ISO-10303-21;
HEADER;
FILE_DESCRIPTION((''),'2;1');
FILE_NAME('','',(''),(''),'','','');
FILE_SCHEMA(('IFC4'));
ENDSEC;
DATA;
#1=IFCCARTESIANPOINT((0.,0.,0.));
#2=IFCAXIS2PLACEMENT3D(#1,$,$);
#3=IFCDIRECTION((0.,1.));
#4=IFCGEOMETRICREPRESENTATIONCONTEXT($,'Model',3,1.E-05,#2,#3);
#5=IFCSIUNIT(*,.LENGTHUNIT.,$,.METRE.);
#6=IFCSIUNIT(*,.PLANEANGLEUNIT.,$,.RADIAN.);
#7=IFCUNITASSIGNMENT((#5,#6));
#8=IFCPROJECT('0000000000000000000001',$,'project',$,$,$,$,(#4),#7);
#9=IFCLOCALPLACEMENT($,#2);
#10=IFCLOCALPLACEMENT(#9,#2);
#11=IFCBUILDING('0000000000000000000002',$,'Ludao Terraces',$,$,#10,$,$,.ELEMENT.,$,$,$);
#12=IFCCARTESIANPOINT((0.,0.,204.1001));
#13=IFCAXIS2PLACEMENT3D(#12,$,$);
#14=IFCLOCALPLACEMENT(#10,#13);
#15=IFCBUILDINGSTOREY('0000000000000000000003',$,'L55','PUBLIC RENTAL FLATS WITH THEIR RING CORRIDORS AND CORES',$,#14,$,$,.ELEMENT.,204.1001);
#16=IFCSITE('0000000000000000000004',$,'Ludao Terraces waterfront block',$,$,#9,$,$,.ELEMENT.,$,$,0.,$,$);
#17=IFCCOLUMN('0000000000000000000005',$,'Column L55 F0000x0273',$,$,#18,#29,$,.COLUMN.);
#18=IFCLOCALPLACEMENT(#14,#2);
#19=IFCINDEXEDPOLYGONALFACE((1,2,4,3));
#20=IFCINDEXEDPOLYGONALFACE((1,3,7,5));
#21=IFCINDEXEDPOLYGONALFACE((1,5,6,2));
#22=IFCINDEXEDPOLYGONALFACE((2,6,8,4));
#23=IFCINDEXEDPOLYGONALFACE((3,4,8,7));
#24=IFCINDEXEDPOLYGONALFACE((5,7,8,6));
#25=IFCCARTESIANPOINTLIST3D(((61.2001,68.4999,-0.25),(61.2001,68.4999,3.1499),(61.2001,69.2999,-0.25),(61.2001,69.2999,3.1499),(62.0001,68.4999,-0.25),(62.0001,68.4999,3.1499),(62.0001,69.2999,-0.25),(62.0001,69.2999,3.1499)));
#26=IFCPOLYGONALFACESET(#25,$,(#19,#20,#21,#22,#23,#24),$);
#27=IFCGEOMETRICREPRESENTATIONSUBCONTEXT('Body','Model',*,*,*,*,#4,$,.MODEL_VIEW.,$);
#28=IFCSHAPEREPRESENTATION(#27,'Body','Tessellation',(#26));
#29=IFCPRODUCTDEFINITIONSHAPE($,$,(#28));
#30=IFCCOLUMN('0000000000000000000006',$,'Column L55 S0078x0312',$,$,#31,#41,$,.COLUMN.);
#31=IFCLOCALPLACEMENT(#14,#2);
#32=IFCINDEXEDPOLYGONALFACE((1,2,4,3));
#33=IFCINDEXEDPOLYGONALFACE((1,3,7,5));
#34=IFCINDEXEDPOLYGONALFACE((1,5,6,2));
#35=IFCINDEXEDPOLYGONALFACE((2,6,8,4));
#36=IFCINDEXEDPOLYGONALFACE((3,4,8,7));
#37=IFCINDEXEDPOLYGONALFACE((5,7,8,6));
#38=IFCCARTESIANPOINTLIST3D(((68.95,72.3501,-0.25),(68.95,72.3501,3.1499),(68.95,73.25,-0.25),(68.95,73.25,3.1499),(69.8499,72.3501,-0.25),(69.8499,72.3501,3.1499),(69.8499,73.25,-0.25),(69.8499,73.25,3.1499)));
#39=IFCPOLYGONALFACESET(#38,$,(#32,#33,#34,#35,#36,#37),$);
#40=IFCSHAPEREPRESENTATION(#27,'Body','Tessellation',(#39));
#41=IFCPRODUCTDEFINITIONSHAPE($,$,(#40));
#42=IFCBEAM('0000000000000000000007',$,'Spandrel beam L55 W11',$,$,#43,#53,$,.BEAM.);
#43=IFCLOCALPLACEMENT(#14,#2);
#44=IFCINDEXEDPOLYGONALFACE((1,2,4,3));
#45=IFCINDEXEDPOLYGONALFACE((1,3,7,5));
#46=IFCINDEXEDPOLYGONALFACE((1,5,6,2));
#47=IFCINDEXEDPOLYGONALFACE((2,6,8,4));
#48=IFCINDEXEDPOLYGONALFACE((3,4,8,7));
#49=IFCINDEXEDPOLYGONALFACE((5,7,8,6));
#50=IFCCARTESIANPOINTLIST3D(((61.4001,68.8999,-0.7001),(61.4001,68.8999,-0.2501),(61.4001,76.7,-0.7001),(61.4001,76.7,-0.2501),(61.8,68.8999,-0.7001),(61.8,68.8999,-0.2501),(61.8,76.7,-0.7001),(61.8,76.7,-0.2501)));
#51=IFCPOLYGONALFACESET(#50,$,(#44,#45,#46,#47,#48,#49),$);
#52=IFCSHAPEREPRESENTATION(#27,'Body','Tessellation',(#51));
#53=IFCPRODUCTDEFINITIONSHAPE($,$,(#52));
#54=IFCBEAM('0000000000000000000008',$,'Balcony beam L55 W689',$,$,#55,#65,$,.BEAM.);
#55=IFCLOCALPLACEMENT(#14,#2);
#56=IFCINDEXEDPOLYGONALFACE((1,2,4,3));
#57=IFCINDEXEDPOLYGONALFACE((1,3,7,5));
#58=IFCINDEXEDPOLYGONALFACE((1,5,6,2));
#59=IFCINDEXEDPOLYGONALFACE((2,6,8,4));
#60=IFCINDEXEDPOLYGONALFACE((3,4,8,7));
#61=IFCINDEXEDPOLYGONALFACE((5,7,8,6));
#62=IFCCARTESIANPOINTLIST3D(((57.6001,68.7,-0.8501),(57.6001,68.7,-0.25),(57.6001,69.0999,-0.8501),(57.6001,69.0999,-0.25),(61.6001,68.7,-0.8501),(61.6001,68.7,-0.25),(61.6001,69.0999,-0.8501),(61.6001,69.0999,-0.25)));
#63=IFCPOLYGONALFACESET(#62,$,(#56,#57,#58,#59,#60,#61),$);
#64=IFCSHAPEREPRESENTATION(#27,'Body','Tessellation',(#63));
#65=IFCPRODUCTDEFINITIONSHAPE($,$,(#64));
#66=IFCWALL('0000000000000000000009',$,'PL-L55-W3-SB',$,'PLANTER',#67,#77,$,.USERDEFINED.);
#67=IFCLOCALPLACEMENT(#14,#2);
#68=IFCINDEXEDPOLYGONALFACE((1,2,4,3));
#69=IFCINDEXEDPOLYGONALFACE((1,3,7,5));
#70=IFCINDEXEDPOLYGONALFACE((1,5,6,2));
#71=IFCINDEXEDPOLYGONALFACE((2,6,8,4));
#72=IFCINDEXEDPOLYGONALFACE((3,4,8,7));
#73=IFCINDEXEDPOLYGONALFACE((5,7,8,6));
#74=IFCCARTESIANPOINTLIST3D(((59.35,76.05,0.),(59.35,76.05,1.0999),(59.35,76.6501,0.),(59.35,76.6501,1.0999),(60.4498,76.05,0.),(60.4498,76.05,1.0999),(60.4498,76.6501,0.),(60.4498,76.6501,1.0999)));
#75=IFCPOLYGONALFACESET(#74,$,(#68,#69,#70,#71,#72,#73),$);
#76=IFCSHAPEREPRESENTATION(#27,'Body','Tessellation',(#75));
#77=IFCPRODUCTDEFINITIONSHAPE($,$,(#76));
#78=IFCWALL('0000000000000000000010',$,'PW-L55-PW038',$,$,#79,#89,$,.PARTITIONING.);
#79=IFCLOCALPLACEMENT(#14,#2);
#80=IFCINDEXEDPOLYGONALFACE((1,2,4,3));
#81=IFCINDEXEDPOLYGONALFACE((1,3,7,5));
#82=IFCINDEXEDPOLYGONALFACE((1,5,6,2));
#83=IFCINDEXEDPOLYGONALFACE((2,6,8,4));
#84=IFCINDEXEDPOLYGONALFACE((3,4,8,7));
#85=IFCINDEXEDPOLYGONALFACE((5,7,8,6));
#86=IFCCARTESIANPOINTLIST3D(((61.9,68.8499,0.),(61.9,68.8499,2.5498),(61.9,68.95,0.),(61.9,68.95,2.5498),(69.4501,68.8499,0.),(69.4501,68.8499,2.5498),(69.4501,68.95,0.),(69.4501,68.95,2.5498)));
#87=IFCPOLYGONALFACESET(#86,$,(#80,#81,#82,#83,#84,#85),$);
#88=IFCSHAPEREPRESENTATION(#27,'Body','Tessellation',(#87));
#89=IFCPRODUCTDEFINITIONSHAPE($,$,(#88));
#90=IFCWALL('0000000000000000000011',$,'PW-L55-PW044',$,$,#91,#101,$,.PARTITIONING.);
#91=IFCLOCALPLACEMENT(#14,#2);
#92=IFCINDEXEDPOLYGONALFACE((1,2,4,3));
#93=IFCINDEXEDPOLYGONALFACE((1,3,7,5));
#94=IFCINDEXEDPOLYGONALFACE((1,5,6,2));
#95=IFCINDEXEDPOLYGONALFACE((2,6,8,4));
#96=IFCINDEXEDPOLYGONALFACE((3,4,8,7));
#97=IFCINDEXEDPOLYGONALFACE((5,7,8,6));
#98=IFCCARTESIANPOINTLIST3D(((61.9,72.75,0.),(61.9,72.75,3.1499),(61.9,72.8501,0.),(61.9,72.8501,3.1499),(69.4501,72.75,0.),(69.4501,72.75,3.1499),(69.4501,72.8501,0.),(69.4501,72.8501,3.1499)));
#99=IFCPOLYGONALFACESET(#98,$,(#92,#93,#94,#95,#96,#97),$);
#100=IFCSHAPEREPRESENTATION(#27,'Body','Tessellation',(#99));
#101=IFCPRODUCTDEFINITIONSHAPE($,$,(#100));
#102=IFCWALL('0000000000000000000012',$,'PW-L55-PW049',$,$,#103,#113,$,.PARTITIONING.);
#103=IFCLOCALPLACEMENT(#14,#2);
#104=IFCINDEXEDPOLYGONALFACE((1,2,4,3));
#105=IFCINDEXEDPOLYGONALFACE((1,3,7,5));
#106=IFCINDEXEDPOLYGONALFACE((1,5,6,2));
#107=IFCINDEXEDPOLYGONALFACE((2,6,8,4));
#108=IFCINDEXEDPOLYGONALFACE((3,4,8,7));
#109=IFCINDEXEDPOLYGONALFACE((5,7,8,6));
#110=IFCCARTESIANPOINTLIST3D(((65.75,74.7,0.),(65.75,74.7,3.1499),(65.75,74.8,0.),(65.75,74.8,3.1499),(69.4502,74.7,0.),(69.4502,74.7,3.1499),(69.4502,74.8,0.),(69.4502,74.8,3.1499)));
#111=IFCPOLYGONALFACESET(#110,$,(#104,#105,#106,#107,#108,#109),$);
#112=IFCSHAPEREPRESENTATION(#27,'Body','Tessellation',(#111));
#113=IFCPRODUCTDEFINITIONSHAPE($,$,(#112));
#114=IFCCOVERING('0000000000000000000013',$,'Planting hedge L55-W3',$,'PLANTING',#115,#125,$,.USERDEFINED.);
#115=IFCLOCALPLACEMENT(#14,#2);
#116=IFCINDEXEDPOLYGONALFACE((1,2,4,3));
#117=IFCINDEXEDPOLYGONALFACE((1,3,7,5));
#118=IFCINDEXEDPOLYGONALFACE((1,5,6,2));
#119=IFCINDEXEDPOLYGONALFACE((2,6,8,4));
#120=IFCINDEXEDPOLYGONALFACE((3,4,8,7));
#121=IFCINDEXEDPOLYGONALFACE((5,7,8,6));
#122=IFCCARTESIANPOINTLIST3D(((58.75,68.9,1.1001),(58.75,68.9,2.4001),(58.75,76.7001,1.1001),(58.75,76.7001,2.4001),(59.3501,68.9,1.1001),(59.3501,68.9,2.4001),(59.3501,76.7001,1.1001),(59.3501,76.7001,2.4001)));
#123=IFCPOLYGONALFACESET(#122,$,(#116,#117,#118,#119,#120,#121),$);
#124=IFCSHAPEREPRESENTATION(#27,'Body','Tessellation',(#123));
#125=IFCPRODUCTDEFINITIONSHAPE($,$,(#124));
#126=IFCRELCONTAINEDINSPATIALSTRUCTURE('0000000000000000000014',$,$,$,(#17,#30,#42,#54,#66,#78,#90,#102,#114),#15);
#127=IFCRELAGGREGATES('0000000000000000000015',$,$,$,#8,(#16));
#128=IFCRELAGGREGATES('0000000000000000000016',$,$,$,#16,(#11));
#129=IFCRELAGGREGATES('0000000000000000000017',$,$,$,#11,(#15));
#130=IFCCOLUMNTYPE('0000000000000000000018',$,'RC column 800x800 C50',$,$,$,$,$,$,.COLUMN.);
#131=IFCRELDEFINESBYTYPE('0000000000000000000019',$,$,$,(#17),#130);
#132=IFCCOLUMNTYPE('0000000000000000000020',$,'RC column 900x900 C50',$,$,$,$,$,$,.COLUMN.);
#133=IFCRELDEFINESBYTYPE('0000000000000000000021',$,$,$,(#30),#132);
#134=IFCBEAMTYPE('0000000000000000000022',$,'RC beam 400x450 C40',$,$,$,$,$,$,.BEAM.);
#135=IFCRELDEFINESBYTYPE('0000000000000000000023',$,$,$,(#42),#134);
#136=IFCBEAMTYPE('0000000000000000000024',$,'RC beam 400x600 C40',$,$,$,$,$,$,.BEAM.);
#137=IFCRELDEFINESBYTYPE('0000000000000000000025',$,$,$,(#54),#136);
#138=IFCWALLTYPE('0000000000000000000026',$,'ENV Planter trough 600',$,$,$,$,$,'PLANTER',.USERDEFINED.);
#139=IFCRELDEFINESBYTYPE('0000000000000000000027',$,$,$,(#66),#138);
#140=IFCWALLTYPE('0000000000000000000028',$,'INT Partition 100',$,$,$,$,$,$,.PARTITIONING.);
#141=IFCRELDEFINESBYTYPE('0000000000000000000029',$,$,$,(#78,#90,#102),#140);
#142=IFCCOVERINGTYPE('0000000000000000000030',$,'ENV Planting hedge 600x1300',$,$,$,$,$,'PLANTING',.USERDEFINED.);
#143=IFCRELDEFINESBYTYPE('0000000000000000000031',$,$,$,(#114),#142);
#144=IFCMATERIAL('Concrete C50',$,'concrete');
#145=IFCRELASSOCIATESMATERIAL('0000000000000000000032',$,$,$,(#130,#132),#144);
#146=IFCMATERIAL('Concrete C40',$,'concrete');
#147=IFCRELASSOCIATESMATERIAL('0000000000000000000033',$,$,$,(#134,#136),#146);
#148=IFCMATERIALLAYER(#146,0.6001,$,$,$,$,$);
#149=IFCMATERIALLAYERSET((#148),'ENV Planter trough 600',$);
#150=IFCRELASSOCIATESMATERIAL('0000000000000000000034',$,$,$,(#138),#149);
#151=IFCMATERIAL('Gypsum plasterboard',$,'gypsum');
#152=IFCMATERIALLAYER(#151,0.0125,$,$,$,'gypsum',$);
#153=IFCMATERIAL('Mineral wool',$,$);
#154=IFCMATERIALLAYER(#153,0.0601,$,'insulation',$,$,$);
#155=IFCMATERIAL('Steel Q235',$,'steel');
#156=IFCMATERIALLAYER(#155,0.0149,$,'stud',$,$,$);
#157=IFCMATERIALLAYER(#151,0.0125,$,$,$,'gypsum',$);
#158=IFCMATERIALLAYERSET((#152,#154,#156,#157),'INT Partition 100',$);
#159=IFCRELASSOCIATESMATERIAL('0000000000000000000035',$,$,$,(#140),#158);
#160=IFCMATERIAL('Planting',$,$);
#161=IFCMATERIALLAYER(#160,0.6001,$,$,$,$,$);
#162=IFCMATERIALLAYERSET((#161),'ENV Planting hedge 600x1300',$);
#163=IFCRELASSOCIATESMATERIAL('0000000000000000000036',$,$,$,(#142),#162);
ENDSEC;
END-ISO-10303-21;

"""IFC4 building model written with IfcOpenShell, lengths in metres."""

from ifc_helpers import new_model, si_unit, direction, frame, frame_2d, origin, origin_2d, place, context, subcontext, project, spatial, rectangle, extrude, material, layer, layer_set, material_profile, profile_set, type_object, element, save


model = new_model("IFC4")

# Units and contexts
model_context = context("Model", 3, precision=1e-05, world=origin(), true_north=direction((0.0, 1.0)))
body_context = subcontext(model_context, "Body", "Model", "MODEL_VIEW")
ifc_project = project(units=[si_unit("LENGTHUNIT", "METRE"), si_unit("PLANEANGLEUNIT", "RADIAN")], contexts=[model_context])

# Site, building, storey
site_placement = place(None, origin())
site = spatial("IfcSite", under=ifc_project, at=site_placement, Name="Ludao Terraces waterfront block", CompositionType="ELEMENT", RefElevation=0.0)
building_placement = place(site_placement, origin())
building = spatial("IfcBuilding", under=site, at=building_placement, Name="Ludao Terraces", CompositionType="ELEMENT")
storey_placement = place(building_placement, frame((0.0, 0.0, 204.1001)))
storey = spatial("IfcBuildingStorey", under=building, at=storey_placement, Name="L55", Description="PUBLIC RENTAL FLATS WITH THEIR RING CORRIDORS AND CORES", CompositionType="ELEMENT", Elevation=204.1001)

# Columns
ifc_material_1 = material(Name="Concrete C50", Category="concrete")
ifc_material_profile_1 = material_profile(ifc_material_1, rectangle(XDim=0.8, YDim=0.8, at=origin_2d()), Name="800 X 800")
ifc_profile_set_1 = profile_set([ifc_material_profile_1], Name="Concrete C50")
column_type_1 = type_object("IfcColumnType", Name="RC column 800x800 C50", PredefinedType="COLUMN", material=ifc_profile_set_1)
column_1_placement = place(storey_placement, frame((61.6001, 68.8999, -0.25), z_axis=(0.0, 0.0, 1.0), x_axis=(1.0, 0.0, 0.0)))
element("IfcColumn", 1, at=column_1_placement, inside=storey, type_object=column_type_1, Name="Column L55 F0000x0273", PredefinedType="COLUMN", context=body_context, shape_type="SweptSolid", body=[
    extrude(rectangle(XDim=0.8, YDim=0.8, at=origin_2d()), origin(), (0.0, 0.0, 1.0), 3.3999),
])
ifc_material_profile_2 = material_profile(ifc_material_1, rectangle(XDim=0.8999, YDim=0.8999, at=origin_2d()), Name="900 X 900")
ifc_profile_set_2 = profile_set([ifc_material_profile_2], Name="Concrete C50")
column_type_2 = type_object("IfcColumnType", Name="RC column 900x900 C50", PredefinedType="COLUMN", material=ifc_profile_set_2)
column_2_placement = place(storey_placement, frame((69.3999, 72.8, -0.25), z_axis=(0.0, 0.0, 1.0), x_axis=(1.0, 0.0, 0.0)))
element("IfcColumn", 2, at=column_2_placement, inside=storey, type_object=column_type_2, Name="Column L55 S0078x0312", PredefinedType="COLUMN", context=body_context, shape_type="SweptSolid", body=[
    extrude(rectangle(XDim=0.8999, YDim=0.8999, at=origin_2d()), origin(), (0.0, 0.0, 1.0), 3.3999),
])

# Beams
ifc_material_2 = material(Name="Concrete C40", Category="concrete")
ifc_material_profile_3 = material_profile(ifc_material_2, rectangle(XDim=0.3999, YDim=0.45, at=origin_2d()), Name="400 X 450")
ifc_profile_set_3 = profile_set([ifc_material_profile_3], Name="Concrete C40")
beam_type_1 = type_object("IfcBeamType", Name="RC beam 400x450 C40", PredefinedType="BEAM", material=ifc_profile_set_3)
beam_1_placement = place(storey_placement, frame((61.6001, 68.8999, -0.4751), z_axis=(0.0, 1.0, 0.0), x_axis=(-1.0, 0.0, 0.0)))
element("IfcBeam", 3, at=beam_1_placement, inside=storey, type_object=beam_type_1, Name="Spandrel beam L55 W11", PredefinedType="BEAM", context=body_context, shape_type="SweptSolid", body=[
    extrude(rectangle(XDim=0.3999, YDim=0.45, at=origin_2d()), origin(), (0.0, 0.0, 1.0), 7.8),
])
ifc_material_profile_4 = material_profile(ifc_material_2, rectangle(XDim=0.3999, YDim=0.6001, at=origin_2d()), Name="400 X 600")
ifc_profile_set_4 = profile_set([ifc_material_profile_4], Name="Concrete C40")
beam_type_2 = type_object("IfcBeamType", Name="RC beam 400x600 C40", PredefinedType="BEAM", material=ifc_profile_set_4)
beam_2_placement = place(storey_placement, frame((61.6001, 68.8999, -0.55), z_axis=(-1.0, 0.0, 0.0), x_axis=(0.0, -1.0, 0.0)))
element("IfcBeam", 4, at=beam_2_placement, inside=storey, type_object=beam_type_2, Name="Balcony beam L55 W689", PredefinedType="BEAM", context=body_context, shape_type="SweptSolid", body=[
    extrude(rectangle(XDim=0.3999, YDim=0.6001, at=origin_2d()), origin(), (0.0, 0.0, 1.0), 4.0),
])

# Wall
ifc_layer_1 = layer(ifc_material_2, 0.6001)
ifc_layer_set_1 = layer_set([ifc_layer_1], Name="ENV Planter trough 600")
wall_type_1 = type_object("IfcWallType", Name="ENV Planter trough 600", ElementType="PLANTER", PredefinedType="USERDEFINED", material=ifc_layer_set_1)
wall_1_placement = place(storey_placement, frame((59.3501, 76.3501, 0.0), z_axis=(0.0, 0.0, 1.0), x_axis=(1.0, 0.0, 0.0)))
element("IfcWall", 5, at=wall_1_placement, inside=storey, type_object=wall_type_1, Name="PL-L55-W3-SB", ObjectType="PLANTER", PredefinedType="USERDEFINED", context=body_context, shape_type="SweptSolid", body=[
    extrude(rectangle(XDim=1.0999, YDim=0.6001, at=frame_2d((0.5498, 0.0))), origin(), (0.0, 0.0, 1.0), 1.0999),
])

# Shared definitions
ifc_material_3 = material(Name="Mineral wool")

# Walls
ifc_material_4 = material(Name="Gypsum plasterboard", Category="gypsum")
ifc_layer_2 = layer(ifc_material_4, 0.0125, Category="gypsum")
ifc_layer_3 = layer(ifc_material_3, 0.0601, Name="insulation")
ifc_material_5 = material(Name="Steel Q235", Category="steel")
ifc_layer_4 = layer(ifc_material_5, 0.0149, Name="stud")
ifc_layer_5 = layer(ifc_material_4, 0.0125, Category="gypsum")
ifc_layer_set_2 = layer_set([ifc_layer_2, ifc_layer_3, ifc_layer_4, ifc_layer_5], Name="INT Partition 100")
wall_type_2 = type_object("IfcWallType", Name="INT Partition 100", PredefinedType="PARTITIONING", material=ifc_layer_set_2)
wall_2_placement = place(storey_placement, frame((61.9001, 68.8999, 0.0), z_axis=(0.0, 0.0, 1.0), x_axis=(1.0, 0.0, 0.0)))
element("IfcWall", 6, at=wall_2_placement, inside=storey, type_object=wall_type_2, Name="PW-L55-PW038", PredefinedType="PARTITIONING", context=body_context, shape_type="SweptSolid", body=[
    extrude(rectangle(XDim=7.55, YDim=0.1001, at=frame_2d((3.7749, 0.0))), origin(), (0.0, 0.0, 1.0), 2.5498),
])
wall_3_placement = place(storey_placement, frame((61.9001, 72.8, 0.0), z_axis=(0.0, 0.0, 1.0), x_axis=(1.0, 0.0, 0.0)))
element("IfcWall", 7, at=wall_3_placement, inside=storey, type_object=wall_type_2, Name="PW-L55-PW044", PredefinedType="PARTITIONING", context=body_context, shape_type="SweptSolid", body=[
    extrude(rectangle(XDim=7.55, YDim=0.1001, at=frame_2d((3.7749, 0.0))), origin(), (0.0, 0.0, 1.0), 3.1499),
])
wall_4_placement = place(storey_placement, frame((65.75, 74.75, 0.0), z_axis=(0.0, 0.0, 1.0), x_axis=(1.0, 0.0, 0.0)))
element("IfcWall", 8, at=wall_4_placement, inside=storey, type_object=wall_type_2, Name="PW-L55-PW049", PredefinedType="PARTITIONING", context=body_context, shape_type="SweptSolid", body=[
    extrude(rectangle(XDim=3.7002, YDim=0.1001, at=frame_2d((1.8501, 0.0))), origin(), (0.0, 0.0, 1.0), 3.1499),
])

# Covering
ifc_material_6 = material(Name="Planting")
ifc_layer_6 = layer(ifc_material_6, 0.6001)
ifc_layer_set_3 = layer_set([ifc_layer_6], Name="ENV Planting hedge 600x1300")
covering_type = type_object("IfcCoveringType", Name="ENV Planting hedge 600x1300", ElementType="PLANTING", PredefinedType="USERDEFINED", material=ifc_layer_set_3)
covering_placement = place(storey_placement, frame((59.05, 72.8, 1.1001), z_axis=(0.0, 0.0, 1.0), x_axis=(1.0, 0.0, 0.0)))
element("IfcCovering", 9, at=covering_placement, inside=storey, type_object=covering_type, Name="Planting hedge L55-W3", ObjectType="PLANTING", PredefinedType="USERDEFINED", context=body_context, shape_type="SweptSolid", body=[
    extrude(rectangle(XDim=0.6001, YDim=7.8, at=origin_2d()), origin(), (0.0, 0.0, 1.0), 1.3),
])

save(model, "model.ifc")
